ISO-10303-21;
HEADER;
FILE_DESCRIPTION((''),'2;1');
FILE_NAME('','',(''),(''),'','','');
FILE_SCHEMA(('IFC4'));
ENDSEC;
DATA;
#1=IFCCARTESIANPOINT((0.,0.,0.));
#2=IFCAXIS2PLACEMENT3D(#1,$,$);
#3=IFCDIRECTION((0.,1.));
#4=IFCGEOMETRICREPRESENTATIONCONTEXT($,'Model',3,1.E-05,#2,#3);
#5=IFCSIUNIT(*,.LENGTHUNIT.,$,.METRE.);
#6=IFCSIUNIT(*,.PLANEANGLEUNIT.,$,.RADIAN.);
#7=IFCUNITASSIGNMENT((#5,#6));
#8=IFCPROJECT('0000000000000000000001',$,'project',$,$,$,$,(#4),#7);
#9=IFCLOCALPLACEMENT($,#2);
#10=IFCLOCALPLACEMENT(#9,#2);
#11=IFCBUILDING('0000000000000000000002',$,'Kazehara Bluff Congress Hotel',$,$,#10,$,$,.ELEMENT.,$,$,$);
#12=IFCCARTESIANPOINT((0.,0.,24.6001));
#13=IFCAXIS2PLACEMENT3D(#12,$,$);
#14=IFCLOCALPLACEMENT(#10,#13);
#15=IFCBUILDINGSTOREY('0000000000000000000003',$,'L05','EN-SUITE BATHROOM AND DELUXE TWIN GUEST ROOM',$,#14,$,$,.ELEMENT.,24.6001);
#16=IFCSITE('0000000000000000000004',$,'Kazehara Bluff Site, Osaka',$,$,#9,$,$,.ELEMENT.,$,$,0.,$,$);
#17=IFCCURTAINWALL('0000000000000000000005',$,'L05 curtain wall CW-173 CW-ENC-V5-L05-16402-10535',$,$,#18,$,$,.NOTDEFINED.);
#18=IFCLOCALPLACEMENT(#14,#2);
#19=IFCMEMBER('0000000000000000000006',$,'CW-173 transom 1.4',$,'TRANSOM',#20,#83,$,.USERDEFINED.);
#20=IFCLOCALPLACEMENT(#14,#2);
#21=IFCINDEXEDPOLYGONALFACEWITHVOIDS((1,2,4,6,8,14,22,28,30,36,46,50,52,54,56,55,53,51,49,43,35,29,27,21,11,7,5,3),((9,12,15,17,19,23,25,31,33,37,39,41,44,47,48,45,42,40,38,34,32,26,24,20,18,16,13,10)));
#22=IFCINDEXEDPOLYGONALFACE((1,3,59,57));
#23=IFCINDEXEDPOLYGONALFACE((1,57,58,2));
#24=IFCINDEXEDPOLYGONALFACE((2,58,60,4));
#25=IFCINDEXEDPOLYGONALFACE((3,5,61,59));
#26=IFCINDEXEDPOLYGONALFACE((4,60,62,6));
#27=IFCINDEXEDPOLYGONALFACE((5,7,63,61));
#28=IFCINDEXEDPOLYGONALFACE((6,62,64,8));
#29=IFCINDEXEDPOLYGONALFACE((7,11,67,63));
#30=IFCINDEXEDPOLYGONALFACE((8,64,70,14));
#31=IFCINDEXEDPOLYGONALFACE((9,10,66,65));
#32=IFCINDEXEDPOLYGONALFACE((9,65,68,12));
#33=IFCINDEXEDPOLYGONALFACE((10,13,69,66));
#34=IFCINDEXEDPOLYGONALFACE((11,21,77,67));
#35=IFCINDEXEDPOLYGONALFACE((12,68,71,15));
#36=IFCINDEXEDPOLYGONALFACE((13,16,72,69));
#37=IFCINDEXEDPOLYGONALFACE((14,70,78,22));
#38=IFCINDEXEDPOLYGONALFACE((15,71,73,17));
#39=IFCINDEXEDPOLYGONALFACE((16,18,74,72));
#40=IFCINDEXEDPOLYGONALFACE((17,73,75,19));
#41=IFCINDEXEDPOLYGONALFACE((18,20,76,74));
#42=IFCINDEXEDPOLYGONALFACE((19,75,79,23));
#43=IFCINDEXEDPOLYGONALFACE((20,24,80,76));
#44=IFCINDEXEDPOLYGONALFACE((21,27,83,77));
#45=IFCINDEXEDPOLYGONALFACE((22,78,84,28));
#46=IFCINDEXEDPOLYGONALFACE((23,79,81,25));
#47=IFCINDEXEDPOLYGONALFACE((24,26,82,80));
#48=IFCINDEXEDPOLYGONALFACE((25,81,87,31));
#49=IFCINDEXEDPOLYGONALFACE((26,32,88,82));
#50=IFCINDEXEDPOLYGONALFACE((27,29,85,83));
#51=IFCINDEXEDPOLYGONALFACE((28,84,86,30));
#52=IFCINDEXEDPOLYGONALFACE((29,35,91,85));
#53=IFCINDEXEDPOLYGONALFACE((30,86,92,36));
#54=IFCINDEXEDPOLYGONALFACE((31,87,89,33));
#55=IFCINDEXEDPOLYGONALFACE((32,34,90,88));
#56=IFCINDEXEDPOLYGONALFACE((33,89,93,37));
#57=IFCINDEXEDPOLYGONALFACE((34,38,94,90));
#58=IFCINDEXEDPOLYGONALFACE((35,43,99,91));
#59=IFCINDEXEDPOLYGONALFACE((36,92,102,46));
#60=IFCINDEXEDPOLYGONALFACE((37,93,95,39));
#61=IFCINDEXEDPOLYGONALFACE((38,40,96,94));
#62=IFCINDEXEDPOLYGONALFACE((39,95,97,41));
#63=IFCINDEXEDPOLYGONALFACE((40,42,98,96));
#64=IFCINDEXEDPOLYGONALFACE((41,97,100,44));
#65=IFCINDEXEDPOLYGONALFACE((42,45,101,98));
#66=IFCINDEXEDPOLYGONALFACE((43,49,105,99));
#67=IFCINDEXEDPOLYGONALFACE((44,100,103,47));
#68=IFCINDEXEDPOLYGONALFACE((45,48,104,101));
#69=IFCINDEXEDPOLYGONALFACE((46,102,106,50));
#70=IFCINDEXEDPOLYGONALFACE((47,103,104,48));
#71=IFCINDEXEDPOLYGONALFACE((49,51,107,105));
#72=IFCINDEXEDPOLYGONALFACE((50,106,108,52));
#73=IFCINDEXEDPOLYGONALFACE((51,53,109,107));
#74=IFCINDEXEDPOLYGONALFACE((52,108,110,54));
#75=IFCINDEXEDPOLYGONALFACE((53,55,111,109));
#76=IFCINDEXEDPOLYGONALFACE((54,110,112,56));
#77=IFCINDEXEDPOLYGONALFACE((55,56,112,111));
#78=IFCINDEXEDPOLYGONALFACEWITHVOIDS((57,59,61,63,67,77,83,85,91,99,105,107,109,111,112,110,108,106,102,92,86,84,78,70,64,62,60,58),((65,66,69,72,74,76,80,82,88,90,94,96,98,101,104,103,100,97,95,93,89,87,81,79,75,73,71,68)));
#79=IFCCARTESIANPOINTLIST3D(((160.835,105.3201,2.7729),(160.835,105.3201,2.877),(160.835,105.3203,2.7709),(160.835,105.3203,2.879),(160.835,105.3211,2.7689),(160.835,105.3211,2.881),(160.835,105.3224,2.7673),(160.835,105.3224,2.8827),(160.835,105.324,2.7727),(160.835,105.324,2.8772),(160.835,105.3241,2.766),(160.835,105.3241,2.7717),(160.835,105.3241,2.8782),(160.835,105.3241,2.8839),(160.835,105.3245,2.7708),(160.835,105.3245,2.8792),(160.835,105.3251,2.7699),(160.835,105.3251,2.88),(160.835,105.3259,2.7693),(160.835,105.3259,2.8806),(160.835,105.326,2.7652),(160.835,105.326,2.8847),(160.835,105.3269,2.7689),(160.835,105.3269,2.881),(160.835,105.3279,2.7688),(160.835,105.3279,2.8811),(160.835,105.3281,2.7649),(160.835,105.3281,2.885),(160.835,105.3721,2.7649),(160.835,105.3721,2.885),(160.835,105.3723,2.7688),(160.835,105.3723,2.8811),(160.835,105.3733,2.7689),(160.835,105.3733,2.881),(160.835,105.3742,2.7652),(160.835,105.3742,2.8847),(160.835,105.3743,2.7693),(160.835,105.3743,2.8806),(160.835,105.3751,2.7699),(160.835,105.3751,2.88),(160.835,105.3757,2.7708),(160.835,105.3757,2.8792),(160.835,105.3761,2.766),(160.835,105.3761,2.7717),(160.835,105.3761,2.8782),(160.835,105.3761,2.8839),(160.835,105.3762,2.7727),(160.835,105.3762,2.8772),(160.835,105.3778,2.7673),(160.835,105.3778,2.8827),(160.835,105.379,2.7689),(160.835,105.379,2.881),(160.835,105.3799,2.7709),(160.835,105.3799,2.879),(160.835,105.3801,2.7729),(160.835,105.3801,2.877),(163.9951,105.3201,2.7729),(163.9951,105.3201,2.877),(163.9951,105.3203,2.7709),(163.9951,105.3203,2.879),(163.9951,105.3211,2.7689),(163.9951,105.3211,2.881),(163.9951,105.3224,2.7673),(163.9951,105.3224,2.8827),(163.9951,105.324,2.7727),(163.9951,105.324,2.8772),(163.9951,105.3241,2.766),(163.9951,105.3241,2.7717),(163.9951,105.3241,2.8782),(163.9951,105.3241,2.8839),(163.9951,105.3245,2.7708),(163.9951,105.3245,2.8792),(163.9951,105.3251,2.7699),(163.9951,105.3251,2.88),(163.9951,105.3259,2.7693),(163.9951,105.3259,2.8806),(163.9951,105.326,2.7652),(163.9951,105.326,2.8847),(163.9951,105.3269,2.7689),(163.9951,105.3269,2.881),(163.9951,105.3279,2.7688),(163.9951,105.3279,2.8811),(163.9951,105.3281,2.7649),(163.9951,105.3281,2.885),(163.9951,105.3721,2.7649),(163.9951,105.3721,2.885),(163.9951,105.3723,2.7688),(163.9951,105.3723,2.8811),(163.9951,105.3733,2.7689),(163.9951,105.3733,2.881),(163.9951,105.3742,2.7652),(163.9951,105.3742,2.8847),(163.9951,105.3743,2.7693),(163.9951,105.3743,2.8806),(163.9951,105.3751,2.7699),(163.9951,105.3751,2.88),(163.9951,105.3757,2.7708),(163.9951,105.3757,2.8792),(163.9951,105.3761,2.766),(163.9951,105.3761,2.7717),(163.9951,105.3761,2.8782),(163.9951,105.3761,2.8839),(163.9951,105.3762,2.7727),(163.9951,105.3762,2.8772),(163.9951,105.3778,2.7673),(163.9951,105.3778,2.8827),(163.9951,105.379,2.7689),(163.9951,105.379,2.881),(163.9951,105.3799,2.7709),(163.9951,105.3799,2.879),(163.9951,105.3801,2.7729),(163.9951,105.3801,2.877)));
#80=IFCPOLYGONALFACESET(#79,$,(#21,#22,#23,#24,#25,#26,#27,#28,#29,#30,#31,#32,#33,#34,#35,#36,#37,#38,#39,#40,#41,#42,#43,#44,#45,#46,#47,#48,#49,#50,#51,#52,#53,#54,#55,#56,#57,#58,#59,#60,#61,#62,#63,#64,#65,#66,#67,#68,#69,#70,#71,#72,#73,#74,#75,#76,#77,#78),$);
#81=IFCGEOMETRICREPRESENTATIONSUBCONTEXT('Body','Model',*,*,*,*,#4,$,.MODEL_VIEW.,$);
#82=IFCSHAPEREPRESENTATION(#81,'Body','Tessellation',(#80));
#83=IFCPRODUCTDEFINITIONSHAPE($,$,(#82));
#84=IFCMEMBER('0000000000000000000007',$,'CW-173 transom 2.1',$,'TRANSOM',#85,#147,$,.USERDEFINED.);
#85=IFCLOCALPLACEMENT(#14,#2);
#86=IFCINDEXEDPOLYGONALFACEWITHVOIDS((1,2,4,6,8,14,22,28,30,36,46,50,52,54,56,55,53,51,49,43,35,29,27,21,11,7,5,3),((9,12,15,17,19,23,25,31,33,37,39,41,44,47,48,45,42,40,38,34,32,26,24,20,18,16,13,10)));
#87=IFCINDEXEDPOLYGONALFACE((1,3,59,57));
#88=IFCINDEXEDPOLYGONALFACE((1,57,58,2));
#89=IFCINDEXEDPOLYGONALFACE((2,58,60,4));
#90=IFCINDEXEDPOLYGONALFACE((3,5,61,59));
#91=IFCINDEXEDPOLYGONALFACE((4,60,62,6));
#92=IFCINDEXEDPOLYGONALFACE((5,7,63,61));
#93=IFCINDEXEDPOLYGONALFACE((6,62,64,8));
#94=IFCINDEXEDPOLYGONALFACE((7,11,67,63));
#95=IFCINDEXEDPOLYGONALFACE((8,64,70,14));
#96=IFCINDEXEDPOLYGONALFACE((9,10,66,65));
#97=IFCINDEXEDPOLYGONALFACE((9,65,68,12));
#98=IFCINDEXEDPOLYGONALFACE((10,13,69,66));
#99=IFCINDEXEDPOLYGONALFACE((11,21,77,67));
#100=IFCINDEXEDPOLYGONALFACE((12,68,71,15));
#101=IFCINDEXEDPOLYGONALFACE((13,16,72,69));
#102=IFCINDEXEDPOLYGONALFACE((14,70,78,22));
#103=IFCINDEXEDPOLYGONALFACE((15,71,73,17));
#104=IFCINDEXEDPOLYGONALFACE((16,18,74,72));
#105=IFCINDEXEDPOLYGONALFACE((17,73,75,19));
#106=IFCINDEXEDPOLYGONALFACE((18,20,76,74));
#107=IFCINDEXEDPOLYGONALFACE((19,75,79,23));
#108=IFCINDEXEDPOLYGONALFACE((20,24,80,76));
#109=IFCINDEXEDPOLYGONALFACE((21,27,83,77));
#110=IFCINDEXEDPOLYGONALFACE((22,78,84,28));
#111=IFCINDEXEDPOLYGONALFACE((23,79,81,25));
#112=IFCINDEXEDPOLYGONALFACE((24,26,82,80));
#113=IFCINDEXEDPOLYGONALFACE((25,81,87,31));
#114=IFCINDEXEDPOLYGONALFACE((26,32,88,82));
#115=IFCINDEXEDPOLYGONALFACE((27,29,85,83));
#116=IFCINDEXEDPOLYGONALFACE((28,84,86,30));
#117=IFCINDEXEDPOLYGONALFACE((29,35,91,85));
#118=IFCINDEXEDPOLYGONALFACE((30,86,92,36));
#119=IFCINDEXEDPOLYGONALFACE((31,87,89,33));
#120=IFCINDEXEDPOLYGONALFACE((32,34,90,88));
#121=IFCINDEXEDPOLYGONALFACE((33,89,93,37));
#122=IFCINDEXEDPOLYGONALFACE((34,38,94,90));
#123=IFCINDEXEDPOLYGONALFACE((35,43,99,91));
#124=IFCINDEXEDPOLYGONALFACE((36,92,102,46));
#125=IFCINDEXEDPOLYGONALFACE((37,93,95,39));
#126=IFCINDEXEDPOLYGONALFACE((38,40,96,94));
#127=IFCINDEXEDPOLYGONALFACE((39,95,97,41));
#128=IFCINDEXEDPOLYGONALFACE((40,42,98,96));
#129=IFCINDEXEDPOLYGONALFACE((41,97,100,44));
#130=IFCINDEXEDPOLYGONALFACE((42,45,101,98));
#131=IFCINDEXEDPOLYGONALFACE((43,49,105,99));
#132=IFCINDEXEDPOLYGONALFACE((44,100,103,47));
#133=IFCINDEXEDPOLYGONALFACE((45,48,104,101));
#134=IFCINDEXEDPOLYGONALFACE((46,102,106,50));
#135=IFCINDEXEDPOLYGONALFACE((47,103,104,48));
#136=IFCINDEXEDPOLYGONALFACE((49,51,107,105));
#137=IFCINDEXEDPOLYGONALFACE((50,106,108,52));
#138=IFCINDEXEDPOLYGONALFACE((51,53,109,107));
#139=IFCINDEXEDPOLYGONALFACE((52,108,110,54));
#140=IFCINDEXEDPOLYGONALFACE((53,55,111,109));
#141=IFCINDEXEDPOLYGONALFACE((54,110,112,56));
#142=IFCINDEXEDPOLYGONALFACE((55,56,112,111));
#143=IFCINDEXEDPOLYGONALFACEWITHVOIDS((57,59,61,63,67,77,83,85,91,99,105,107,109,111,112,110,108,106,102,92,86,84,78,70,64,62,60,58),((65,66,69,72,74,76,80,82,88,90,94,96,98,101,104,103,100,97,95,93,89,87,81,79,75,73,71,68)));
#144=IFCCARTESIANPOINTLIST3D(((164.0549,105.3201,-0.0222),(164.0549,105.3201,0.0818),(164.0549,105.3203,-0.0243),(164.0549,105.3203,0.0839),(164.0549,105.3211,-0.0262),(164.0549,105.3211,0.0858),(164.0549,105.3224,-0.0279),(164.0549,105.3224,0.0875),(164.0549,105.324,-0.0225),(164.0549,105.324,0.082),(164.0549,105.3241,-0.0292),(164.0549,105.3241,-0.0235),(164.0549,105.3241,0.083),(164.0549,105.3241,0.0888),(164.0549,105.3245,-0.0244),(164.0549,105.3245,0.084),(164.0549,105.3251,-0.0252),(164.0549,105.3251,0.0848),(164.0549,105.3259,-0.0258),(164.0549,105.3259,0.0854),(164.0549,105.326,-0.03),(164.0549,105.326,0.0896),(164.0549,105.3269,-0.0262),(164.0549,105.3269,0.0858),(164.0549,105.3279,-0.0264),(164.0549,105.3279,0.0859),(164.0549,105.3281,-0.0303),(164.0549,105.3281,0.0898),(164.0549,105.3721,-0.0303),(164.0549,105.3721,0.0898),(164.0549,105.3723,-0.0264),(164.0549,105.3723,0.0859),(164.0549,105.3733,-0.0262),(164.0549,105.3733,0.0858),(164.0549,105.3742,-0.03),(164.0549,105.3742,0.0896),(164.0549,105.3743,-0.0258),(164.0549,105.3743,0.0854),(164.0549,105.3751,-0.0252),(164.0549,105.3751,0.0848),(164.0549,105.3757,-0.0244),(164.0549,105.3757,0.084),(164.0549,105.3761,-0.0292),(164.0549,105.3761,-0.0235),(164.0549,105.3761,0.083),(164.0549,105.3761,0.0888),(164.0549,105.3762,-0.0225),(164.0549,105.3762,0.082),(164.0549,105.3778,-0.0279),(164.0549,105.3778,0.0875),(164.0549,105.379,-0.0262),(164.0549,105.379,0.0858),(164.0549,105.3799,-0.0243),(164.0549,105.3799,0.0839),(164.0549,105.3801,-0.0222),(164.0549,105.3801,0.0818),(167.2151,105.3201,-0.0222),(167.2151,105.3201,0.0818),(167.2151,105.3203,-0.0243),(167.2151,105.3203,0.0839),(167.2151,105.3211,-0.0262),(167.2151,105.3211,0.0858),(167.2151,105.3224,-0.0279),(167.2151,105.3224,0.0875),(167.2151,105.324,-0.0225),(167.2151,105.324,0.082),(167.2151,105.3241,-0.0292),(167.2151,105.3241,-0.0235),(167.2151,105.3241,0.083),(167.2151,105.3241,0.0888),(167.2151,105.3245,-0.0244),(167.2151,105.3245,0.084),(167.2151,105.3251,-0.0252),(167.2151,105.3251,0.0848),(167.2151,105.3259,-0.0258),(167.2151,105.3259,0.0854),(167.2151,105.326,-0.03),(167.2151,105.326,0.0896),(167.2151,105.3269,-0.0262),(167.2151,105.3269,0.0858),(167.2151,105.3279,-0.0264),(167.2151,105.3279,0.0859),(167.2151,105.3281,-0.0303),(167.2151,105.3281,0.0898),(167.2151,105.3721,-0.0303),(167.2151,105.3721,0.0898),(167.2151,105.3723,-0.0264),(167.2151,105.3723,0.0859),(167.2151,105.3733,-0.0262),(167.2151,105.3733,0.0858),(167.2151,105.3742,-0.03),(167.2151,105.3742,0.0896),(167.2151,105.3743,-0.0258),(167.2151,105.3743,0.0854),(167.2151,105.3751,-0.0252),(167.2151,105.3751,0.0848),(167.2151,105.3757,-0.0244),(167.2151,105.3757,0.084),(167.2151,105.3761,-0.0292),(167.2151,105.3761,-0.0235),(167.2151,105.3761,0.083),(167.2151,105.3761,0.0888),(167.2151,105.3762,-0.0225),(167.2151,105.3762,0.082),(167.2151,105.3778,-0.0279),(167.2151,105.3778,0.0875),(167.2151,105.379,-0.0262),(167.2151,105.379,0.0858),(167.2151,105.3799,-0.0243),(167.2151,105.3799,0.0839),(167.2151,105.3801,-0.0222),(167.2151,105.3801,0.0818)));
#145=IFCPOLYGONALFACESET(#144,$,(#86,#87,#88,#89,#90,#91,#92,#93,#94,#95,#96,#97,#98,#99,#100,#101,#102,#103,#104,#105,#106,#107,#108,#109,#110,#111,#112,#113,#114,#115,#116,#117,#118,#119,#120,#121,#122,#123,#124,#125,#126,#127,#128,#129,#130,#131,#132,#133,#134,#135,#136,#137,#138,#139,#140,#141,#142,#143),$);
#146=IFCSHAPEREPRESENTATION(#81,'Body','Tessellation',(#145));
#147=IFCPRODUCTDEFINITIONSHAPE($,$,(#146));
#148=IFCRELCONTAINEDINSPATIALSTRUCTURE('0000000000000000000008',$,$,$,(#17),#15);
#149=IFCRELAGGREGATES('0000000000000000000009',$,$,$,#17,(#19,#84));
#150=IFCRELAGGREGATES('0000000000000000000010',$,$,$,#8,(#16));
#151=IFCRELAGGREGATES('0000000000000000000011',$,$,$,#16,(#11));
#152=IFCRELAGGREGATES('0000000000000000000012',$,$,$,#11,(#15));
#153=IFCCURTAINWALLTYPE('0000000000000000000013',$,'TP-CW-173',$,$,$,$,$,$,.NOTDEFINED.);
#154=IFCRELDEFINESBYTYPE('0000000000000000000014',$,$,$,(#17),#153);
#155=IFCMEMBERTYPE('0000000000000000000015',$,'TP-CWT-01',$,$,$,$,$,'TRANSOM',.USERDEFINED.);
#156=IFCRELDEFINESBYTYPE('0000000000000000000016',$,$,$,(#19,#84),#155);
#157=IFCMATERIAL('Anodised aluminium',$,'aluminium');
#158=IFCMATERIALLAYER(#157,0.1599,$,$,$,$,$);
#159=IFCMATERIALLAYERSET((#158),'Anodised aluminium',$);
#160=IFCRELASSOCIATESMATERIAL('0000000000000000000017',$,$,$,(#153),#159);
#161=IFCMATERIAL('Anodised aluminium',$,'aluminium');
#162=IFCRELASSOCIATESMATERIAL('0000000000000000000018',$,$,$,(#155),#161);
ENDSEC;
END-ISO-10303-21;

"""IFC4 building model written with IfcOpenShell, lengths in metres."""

from ifc_helpers import new_model, si_unit, direction, frame, origin, origin_2d, place, context, subcontext, project, spatial, hollow_rectangle, extrude, material, layer, layer_set, material_profile, profile_set, type_object, element, aggregate, save


model = new_model("IFC4")

# Units and contexts
model_context = context("Model", 3, precision=1e-05, world=origin(), true_north=direction((0.0, 1.0)))
body_context = subcontext(model_context, "Body", "Model", "MODEL_VIEW")
ifc_project = project(units=[si_unit("LENGTHUNIT", "METRE"), si_unit("PLANEANGLEUNIT", "RADIAN")], contexts=[model_context])

# Site, building, storey
site_placement = place(None, origin())
site = spatial("IfcSite", under=ifc_project, at=site_placement, Name="Kazehara Bluff Site, Osaka", CompositionType="ELEMENT", RefElevation=0.0)
building_placement = place(site_placement, origin())
building = spatial("IfcBuilding", under=site, at=building_placement, Name="Kazehara Bluff Congress Hotel", CompositionType="ELEMENT")
storey_placement = place(building_placement, frame((0.0, 0.0, 24.6001)))
storey = spatial("IfcBuildingStorey", under=building, at=storey_placement, Name="L05", Description="EN-SUITE BATHROOM AND DELUXE TWIN GUEST ROOM", CompositionType="ELEMENT", Elevation=24.6001)

# Curtain wall
ifc_material_1 = material(Name="Anodised aluminium", Category="aluminium")
ifc_layer_1 = layer(ifc_material_1, 0.1599)
ifc_layer_set_1 = layer_set([ifc_layer_1], Name="Anodised aluminium")
curtain_wall_type_1 = type_object("IfcCurtainWallType", Name="TP-CW-173", PredefinedType="NOTDEFINED", material=ifc_layer_set_1)
curtain_wall_1_placement = place(storey_placement, origin())
curtain_wall_1 = element("IfcCurtainWall", 1, at=curtain_wall_1_placement, inside=storey, type_object=curtain_wall_type_1, Name="L05 curtain wall CW-173 CW-ENC-V5-L05-16402-10535", PredefinedType="NOTDEFINED")

# Members
ifc_material_2 = material(Name="Anodised aluminium", Category="aluminium")
ifc_material_profile_1 = material_profile(ifc_material_2, hollow_rectangle(XDim=0.0601, YDim=0.1201, WallThickness=0.0039, InnerFilletRadius=0.0039, OuterFilletRadius=0.0081, at=origin_2d()))
ifc_profile_set_1 = profile_set([ifc_material_profile_1], Name="Anodised aluminium")
member_type_1 = type_object("IfcMemberType", Name="TP-CWT-01", ElementType="TRANSOM", PredefinedType="USERDEFINED", material=ifc_profile_set_1)
member_1_placement = place(storey_placement, frame((160.835, 105.3501, 2.825), z_axis=(1.0, 0.0, 0.0), x_axis=(0.0, 1.0, 0.0)))
member_1 = element("IfcMember", 2, at=member_1_placement, type_object=member_type_1, Name="CW-173 transom 1.4", ObjectType="TRANSOM", PredefinedType="USERDEFINED", context=body_context, shape_type="SweptSolid", body=[
    extrude(hollow_rectangle(XDim=0.0601, YDim=0.1201, WallThickness=0.0039, InnerFilletRadius=0.0039, OuterFilletRadius=0.0081, at=origin_2d()), origin(), (0.0, 0.0, 1.0), 3.1602),
])
member_2_placement = place(storey_placement, frame((164.0549, 105.3501, 0.0298), z_axis=(1.0, 0.0, 0.0), x_axis=(0.0, 1.0, 0.0)))
member_2 = element("IfcMember", 3, at=member_2_placement, type_object=member_type_1, Name="CW-173 transom 2.1", ObjectType="TRANSOM", PredefinedType="USERDEFINED", context=body_context, shape_type="SweptSolid", body=[
    extrude(hollow_rectangle(XDim=0.0601, YDim=0.1201, WallThickness=0.0039, InnerFilletRadius=0.0039, OuterFilletRadius=0.0081, at=origin_2d()), origin(), (0.0, 0.0, 1.0), 3.1602),
])

aggregate(curtain_wall_1, [member_1, member_2])

save(model, "model.ifc")
